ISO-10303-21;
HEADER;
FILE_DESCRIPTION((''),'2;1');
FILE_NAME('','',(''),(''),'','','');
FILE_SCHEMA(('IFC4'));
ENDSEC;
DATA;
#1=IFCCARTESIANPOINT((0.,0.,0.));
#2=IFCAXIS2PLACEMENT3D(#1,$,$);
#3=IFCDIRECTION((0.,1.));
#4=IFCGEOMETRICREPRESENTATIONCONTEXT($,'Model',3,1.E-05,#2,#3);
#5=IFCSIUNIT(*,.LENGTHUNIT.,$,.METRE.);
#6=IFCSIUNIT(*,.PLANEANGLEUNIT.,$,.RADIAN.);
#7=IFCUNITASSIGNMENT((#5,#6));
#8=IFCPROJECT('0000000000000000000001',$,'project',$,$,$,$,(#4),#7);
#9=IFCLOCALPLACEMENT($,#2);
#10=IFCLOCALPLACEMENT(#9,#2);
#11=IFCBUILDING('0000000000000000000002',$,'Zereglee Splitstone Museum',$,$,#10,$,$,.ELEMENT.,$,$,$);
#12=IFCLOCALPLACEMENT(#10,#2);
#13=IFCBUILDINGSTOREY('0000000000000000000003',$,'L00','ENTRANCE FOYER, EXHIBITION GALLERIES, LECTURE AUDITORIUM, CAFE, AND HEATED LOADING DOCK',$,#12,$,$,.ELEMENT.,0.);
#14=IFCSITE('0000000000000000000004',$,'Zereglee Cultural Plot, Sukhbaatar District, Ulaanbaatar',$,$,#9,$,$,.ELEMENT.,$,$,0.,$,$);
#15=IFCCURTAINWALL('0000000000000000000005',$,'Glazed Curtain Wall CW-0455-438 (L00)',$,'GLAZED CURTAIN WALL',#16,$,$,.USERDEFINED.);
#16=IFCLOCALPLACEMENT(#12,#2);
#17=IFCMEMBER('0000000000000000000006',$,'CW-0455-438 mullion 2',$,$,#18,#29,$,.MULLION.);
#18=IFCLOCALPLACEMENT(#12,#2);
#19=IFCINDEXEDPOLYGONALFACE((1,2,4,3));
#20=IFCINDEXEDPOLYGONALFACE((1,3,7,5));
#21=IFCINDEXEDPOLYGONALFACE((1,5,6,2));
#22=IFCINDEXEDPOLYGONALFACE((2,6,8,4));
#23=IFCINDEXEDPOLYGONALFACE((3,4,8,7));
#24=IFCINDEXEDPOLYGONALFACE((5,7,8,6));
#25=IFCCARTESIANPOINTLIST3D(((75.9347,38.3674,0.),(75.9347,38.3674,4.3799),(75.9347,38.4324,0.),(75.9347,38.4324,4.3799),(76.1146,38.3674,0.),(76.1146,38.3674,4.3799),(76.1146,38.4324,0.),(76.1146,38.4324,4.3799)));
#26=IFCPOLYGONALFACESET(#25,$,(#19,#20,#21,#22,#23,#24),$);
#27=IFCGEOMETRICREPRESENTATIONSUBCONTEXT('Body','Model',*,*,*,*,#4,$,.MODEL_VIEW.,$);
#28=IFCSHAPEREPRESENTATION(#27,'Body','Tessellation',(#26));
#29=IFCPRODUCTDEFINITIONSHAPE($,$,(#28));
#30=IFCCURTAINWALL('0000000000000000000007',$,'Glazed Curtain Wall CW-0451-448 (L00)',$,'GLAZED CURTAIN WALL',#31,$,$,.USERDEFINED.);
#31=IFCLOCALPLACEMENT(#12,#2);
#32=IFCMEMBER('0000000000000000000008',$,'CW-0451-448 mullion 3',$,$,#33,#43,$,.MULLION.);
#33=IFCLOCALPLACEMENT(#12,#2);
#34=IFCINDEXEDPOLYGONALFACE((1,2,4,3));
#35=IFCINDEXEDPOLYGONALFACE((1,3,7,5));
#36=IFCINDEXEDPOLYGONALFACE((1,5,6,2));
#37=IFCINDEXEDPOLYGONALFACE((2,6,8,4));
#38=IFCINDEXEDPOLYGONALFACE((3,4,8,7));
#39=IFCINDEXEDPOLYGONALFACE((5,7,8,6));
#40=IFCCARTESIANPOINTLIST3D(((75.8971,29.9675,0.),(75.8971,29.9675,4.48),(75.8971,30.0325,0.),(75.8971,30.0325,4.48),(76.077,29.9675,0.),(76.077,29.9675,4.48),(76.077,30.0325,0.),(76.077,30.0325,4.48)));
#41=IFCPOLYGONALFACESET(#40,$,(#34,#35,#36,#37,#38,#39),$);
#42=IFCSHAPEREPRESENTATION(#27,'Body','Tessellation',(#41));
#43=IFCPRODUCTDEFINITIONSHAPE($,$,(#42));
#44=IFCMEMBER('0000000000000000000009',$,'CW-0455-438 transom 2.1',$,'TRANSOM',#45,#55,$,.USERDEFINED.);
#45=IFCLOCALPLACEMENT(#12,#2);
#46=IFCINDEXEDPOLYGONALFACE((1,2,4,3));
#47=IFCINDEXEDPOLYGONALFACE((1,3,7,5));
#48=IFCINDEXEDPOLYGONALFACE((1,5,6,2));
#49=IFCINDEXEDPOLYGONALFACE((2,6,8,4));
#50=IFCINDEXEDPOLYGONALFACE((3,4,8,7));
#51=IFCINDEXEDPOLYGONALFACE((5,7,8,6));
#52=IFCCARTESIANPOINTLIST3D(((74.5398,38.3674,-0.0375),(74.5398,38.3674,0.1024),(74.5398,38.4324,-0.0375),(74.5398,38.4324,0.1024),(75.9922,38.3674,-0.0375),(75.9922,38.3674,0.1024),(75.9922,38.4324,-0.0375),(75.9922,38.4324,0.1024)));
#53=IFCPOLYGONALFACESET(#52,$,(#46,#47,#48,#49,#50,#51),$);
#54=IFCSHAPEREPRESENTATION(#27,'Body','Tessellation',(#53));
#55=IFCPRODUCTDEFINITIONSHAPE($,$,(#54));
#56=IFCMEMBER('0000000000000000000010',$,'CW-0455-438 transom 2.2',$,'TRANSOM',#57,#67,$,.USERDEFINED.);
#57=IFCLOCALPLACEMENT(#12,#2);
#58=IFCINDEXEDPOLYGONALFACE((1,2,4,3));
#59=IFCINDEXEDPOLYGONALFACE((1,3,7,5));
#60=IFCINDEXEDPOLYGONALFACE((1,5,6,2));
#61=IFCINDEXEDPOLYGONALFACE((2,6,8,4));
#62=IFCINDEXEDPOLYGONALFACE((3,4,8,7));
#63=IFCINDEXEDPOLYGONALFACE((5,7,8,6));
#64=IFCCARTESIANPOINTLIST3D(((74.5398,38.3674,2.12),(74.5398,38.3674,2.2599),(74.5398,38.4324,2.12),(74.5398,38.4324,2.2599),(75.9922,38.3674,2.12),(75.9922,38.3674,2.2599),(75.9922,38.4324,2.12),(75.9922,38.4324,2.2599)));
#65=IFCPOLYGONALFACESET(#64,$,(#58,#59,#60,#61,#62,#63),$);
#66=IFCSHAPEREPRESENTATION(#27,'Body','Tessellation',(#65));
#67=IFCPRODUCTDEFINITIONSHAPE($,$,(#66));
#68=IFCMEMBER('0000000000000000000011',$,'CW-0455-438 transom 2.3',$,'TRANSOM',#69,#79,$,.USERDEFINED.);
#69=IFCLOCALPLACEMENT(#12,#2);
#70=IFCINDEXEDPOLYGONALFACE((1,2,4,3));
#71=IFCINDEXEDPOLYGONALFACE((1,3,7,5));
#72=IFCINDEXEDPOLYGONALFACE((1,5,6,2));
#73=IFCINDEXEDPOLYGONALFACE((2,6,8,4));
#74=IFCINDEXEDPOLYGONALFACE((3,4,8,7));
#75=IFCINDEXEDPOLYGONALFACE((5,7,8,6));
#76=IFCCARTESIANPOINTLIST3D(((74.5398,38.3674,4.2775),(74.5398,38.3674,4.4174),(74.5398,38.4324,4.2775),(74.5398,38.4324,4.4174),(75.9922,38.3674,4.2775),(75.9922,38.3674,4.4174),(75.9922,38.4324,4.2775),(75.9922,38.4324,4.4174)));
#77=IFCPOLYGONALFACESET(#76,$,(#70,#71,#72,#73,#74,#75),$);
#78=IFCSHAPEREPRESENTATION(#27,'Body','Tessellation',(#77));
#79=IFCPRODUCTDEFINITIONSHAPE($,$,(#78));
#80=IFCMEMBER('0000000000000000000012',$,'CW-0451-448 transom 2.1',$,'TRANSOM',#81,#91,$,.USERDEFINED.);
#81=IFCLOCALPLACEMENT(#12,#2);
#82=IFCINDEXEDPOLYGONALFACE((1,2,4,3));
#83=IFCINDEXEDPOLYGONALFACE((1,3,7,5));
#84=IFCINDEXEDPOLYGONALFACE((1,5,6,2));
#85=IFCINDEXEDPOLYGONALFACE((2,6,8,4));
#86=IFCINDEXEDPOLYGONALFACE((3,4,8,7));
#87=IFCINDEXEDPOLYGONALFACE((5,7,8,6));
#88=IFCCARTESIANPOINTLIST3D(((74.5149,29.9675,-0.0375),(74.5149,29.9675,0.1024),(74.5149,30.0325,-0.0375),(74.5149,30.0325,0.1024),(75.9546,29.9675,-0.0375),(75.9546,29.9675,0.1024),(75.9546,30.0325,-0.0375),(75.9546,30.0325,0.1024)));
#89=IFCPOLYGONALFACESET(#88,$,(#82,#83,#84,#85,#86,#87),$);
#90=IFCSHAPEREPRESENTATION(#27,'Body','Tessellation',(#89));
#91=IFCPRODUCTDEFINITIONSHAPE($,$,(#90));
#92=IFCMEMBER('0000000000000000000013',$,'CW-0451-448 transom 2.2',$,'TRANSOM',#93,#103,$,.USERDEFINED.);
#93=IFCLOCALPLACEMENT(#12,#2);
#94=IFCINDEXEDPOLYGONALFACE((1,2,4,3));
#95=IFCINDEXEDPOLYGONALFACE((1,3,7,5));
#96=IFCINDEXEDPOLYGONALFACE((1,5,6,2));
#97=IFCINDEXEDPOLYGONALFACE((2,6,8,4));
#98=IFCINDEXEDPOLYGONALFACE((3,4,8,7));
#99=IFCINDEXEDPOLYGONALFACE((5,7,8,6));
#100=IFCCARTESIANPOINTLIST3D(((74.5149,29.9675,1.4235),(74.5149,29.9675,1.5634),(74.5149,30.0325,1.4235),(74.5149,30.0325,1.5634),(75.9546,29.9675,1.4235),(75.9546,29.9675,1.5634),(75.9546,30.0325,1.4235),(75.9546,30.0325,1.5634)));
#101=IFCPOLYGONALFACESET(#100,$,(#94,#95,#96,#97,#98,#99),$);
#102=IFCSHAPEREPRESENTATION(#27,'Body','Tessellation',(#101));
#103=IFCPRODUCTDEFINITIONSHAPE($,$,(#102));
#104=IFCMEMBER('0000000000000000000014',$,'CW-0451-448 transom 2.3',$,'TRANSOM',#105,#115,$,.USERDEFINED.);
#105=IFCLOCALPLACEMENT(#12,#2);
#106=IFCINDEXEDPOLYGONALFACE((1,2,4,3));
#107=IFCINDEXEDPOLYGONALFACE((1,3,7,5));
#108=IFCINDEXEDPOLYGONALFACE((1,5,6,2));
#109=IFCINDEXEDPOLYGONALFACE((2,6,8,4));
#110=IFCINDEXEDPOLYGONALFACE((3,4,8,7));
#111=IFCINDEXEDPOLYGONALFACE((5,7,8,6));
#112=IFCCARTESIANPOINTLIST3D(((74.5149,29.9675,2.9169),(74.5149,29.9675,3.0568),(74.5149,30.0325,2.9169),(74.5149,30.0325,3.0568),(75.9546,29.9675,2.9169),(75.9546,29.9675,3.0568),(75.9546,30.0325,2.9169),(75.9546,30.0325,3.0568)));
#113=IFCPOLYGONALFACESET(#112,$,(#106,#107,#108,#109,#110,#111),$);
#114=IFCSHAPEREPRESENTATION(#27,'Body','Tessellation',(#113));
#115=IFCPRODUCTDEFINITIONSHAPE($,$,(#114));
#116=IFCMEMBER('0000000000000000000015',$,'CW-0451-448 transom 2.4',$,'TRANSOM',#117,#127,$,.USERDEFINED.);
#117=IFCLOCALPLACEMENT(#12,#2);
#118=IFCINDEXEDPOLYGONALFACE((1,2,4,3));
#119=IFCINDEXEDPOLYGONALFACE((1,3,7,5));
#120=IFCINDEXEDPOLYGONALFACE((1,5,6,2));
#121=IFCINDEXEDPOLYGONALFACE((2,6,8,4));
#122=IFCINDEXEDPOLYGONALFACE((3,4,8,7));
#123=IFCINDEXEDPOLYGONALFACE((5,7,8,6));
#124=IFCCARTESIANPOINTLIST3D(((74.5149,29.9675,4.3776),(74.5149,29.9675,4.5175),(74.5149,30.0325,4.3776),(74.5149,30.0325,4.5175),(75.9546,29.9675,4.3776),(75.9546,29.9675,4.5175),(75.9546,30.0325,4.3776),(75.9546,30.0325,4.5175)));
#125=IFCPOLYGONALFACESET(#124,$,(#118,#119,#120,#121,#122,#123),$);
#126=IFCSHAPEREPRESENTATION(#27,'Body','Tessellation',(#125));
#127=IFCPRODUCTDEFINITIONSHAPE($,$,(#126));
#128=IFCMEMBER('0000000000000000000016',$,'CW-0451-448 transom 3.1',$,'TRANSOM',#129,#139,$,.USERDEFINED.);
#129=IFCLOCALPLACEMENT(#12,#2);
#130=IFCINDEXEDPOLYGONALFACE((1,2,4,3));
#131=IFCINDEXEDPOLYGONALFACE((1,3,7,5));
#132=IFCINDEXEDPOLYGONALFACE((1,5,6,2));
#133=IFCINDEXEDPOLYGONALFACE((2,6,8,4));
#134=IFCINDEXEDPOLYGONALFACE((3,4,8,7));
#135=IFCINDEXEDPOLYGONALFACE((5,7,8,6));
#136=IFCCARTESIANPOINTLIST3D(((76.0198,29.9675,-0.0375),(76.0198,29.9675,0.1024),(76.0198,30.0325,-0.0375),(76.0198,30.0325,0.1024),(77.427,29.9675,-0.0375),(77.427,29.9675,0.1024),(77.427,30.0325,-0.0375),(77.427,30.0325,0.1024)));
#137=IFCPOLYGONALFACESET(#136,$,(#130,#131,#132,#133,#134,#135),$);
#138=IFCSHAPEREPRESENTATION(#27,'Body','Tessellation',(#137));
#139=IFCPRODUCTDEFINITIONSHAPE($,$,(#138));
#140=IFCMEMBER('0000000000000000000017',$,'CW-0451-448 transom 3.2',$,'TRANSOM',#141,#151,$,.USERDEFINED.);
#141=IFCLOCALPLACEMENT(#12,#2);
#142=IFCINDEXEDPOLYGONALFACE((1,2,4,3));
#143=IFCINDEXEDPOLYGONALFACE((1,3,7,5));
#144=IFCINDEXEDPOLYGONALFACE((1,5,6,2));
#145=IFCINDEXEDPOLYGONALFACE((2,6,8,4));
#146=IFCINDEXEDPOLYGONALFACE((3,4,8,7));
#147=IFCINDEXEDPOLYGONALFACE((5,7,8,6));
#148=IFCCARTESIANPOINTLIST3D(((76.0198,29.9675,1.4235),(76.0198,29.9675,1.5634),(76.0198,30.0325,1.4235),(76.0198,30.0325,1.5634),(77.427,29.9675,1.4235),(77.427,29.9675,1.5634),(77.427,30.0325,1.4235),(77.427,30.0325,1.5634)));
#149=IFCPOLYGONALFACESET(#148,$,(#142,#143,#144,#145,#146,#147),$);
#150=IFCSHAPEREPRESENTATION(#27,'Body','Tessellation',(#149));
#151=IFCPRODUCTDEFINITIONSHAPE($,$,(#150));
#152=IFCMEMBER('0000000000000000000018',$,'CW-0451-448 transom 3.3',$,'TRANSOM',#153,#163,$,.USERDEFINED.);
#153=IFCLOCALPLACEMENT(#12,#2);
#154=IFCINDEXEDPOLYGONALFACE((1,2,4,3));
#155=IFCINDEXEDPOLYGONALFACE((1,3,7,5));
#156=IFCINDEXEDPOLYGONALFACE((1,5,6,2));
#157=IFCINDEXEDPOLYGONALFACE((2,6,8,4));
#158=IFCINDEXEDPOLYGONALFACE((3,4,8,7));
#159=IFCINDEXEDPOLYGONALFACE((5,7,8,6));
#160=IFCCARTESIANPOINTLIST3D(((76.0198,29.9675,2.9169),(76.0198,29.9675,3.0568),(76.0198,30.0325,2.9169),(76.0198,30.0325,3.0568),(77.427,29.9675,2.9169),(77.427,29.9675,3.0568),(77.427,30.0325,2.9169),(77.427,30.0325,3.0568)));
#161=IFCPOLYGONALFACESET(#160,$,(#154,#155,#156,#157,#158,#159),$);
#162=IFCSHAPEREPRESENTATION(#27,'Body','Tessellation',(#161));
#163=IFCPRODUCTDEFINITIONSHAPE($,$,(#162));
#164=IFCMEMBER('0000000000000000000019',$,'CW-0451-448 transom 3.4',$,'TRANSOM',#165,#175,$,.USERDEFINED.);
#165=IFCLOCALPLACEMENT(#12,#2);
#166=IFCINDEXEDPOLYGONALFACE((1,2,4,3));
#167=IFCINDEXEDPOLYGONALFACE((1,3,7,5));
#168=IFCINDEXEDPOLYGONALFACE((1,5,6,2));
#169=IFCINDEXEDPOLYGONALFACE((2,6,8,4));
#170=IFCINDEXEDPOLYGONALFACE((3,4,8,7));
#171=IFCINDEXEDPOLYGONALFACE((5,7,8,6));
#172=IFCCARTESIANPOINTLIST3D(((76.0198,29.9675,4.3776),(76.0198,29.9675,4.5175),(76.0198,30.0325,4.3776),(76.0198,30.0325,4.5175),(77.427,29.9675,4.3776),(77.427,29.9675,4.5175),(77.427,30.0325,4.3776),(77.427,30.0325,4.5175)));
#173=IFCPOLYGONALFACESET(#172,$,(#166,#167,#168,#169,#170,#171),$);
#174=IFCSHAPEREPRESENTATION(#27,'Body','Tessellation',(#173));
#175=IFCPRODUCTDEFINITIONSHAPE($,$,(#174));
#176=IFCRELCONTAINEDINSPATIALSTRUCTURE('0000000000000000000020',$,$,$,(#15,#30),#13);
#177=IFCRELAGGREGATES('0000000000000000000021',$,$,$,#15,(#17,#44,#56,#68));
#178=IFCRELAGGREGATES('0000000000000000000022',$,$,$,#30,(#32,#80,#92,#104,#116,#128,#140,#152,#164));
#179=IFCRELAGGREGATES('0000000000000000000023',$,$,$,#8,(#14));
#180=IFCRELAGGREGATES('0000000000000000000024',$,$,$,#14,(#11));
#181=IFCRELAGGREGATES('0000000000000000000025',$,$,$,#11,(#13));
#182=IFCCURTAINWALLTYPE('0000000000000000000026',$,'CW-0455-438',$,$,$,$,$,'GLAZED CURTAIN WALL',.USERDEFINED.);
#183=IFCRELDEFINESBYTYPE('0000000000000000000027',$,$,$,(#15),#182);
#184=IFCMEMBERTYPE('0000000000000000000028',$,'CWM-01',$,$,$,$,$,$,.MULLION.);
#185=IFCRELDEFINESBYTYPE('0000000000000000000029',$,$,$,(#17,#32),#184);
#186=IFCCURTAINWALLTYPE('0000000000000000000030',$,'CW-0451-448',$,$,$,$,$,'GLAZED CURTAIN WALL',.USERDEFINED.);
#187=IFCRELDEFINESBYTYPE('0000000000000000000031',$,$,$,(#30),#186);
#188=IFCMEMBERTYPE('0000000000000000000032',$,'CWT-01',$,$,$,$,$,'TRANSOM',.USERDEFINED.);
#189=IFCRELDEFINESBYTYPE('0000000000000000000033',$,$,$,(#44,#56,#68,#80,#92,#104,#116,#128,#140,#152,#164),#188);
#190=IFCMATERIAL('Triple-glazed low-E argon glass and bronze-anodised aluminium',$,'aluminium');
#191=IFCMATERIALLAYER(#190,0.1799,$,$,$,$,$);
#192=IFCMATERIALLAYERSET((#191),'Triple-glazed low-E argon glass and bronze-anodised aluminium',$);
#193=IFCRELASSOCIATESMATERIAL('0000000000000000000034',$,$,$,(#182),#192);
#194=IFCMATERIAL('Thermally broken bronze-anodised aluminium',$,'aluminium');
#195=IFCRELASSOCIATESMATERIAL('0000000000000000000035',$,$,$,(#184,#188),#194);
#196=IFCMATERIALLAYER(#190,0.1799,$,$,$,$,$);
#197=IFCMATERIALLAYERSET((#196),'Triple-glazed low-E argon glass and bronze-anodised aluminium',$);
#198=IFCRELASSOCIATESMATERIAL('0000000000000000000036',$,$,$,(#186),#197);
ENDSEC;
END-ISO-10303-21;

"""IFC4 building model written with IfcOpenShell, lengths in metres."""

from ifc_helpers import new_model, si_unit, direction, frame, origin, origin_2d, place, context, subcontext, project, spatial, rectangle, extrude, material, layer, layer_set, material_profile, profile_set, type_object, element, aggregate, save


model = new_model("IFC4")

# Units and contexts
model_context = context("Model", 3, precision=1e-05, world=origin(), true_north=direction((0.0, 1.0)))
body_context = subcontext(model_context, "Body", "Model", "MODEL_VIEW")
ifc_project = project(units=[si_unit("LENGTHUNIT", "METRE"), si_unit("PLANEANGLEUNIT", "RADIAN")], contexts=[model_context])

# Site, building, storey
site_placement = place(None, origin())
site = spatial("IfcSite", under=ifc_project, at=site_placement, Name="Zereglee Cultural Plot, Sukhbaatar District, Ulaanbaatar", CompositionType="ELEMENT", RefElevation=0.0)
building_placement = place(site_placement, origin())
building = spatial("IfcBuilding", under=site, at=building_placement, Name="Zereglee Splitstone Museum", CompositionType="ELEMENT")
storey_placement = place(building_placement, origin())
storey = spatial("IfcBuildingStorey", under=building, at=storey_placement, Name="L00", Description="ENTRANCE FOYER, EXHIBITION GALLERIES, LECTURE AUDITORIUM, CAFE, AND HEATED LOADING DOCK", CompositionType="ELEMENT", Elevation=0.0)

# Curtain walls, members
ifc_material_1 = material(Name="Triple-glazed low-E argon glass and bronze-anodised aluminium", Category="aluminium")
ifc_layer_1 = layer(ifc_material_1, 0.1799)
ifc_layer_set_1 = layer_set([ifc_layer_1], Name="Triple-glazed low-E argon glass and bronze-anodised aluminium")
curtain_wall_type_1 = type_object("IfcCurtainWallType", Name="CW-0455-438", ElementType="GLAZED CURTAIN WALL", PredefinedType="USERDEFINED", material=ifc_layer_set_1)
curtain_wall_1_placement = place(storey_placement, origin())
curtain_wall_1 = element("IfcCurtainWall", 1, at=curtain_wall_1_placement, inside=storey, type_object=curtain_wall_type_1, Name="Glazed Curtain Wall CW-0455-438 (L00)", ObjectType="GLAZED CURTAIN WALL", PredefinedType="USERDEFINED")
ifc_material_2 = material(Name="Thermally broken bronze-anodised aluminium", Category="aluminium")
ifc_material_profile_1 = material_profile(ifc_material_2, rectangle(XDim=0.0649, YDim=0.1799, at=origin_2d()), Name="CW MULL 65x180")
ifc_profile_set_1 = profile_set([ifc_material_profile_1], Name="Thermally broken bronze-anodised aluminium")
member_type_1 = type_object("IfcMemberType", Name="CWM-01", PredefinedType="MULLION", material=ifc_profile_set_1)
member_1_placement = place(storey_placement, frame((76.0247, 38.3999, 0.0), z_axis=(0.0, 0.0, 1.0), x_axis=(0.0, -1.0, 0.0)))
member_1 = element("IfcMember", 2, at=member_1_placement, type_object=member_type_1, Name="CW-0455-438 mullion 2", PredefinedType="MULLION", context=body_context, shape_type="SweptSolid", body=[
    extrude(rectangle(XDim=0.0649, YDim=0.1799, at=origin_2d()), origin(), (0.0, 0.0, 1.0), 4.3799),
])
ifc_layer_2 = layer(ifc_material_1, 0.1799)
ifc_layer_set_2 = layer_set([ifc_layer_2], Name="Triple-glazed low-E argon glass and bronze-anodised aluminium")
curtain_wall_type_2 = type_object("IfcCurtainWallType", Name="CW-0451-448", ElementType="GLAZED CURTAIN WALL", PredefinedType="USERDEFINED", material=ifc_layer_set_2)
curtain_wall_2_placement = place(storey_placement, origin())
curtain_wall_2 = element("IfcCurtainWall", 3, at=curtain_wall_2_placement, inside=storey, type_object=curtain_wall_type_2, Name="Glazed Curtain Wall CW-0451-448 (L00)", ObjectType="GLAZED CURTAIN WALL", PredefinedType="USERDEFINED")
member_2_placement = place(storey_placement, frame((75.9871, 30.0, 0.0), z_axis=(0.0, 0.0, 1.0), x_axis=(0.0, 1.0, 0.0)))
member_2 = element("IfcMember", 4, at=member_2_placement, type_object=member_type_1, Name="CW-0451-448 mullion 3", PredefinedType="MULLION", context=body_context, shape_type="SweptSolid", body=[
    extrude(rectangle(XDim=0.0649, YDim=0.1799, at=origin_2d()), origin(), (0.0, 0.0, 1.0), 4.48),
])

# Members
ifc_material_profile_2 = material_profile(ifc_material_2, rectangle(XDim=0.0649, YDim=0.1399, at=origin_2d()), Name="CW TRAN 65x140")
ifc_profile_set_2 = profile_set([ifc_material_profile_2], Name="Thermally broken bronze-anodised aluminium")
member_type_2 = type_object("IfcMemberType", Name="CWT-01", ElementType="TRANSOM", PredefinedType="USERDEFINED", material=ifc_profile_set_2)
member_3_placement = place(storey_placement, frame((75.9922, 38.3999, 0.0325), z_axis=(-1.0, 0.0, 0.0), x_axis=(0.0, -1.0, 0.0)))
member_3 = element("IfcMember", 5, at=member_3_placement, type_object=member_type_2, Name="CW-0455-438 transom 2.1", ObjectType="TRANSOM", PredefinedType="USERDEFINED", context=body_context, shape_type="SweptSolid", body=[
    extrude(rectangle(XDim=0.0649, YDim=0.1399, at=origin_2d()), origin(), (0.0, 0.0, 1.0), 1.4524),
])
member_4_placement = place(storey_placement, frame((75.9922, 38.3999, 2.1899), z_axis=(-1.0, 0.0, 0.0), x_axis=(0.0, -1.0, 0.0)))
member_4 = element("IfcMember", 6, at=member_4_placement, type_object=member_type_2, Name="CW-0455-438 transom 2.2", ObjectType="TRANSOM", PredefinedType="USERDEFINED", context=body_context, shape_type="SweptSolid", body=[
    extrude(rectangle(XDim=0.0649, YDim=0.1399, at=origin_2d()), origin(), (0.0, 0.0, 1.0), 1.4524),
])
member_5_placement = place(storey_placement, frame((75.9922, 38.3999, 4.3474), z_axis=(-1.0, 0.0, 0.0), x_axis=(0.0, -1.0, 0.0)))
member_5 = element("IfcMember", 7, at=member_5_placement, type_object=member_type_2, Name="CW-0455-438 transom 2.3", ObjectType="TRANSOM", PredefinedType="USERDEFINED", context=body_context, shape_type="SweptSolid", body=[
    extrude(rectangle(XDim=0.0649, YDim=0.1399, at=origin_2d()), origin(), (0.0, 0.0, 1.0), 1.4524),
])
member_6_placement = place(storey_placement, frame((74.5149, 30.0, 0.0325), z_axis=(1.0, 0.0, 0.0), x_axis=(0.0, 1.0, 0.0)))
member_6 = element("IfcMember", 8, at=member_6_placement, type_object=member_type_2, Name="CW-0451-448 transom 2.1", ObjectType="TRANSOM", PredefinedType="USERDEFINED", context=body_context, shape_type="SweptSolid", body=[
    extrude(rectangle(XDim=0.0649, YDim=0.1399, at=origin_2d()), origin(), (0.0, 0.0, 1.0), 1.4397),
])
member_7_placement = place(storey_placement, frame((74.5149, 30.0, 1.4934), z_axis=(1.0, 0.0, 0.0), x_axis=(0.0, 1.0, 0.0)))
member_7 = element("IfcMember", 9, at=member_7_placement, type_object=member_type_2, Name="CW-0451-448 transom 2.2", ObjectType="TRANSOM", PredefinedType="USERDEFINED", context=body_context, shape_type="SweptSolid", body=[
    extrude(rectangle(XDim=0.0649, YDim=0.1399, at=origin_2d()), origin(), (0.0, 0.0, 1.0), 1.4397),
])
member_8_placement = place(storey_placement, frame((74.5149, 30.0, 2.9868), z_axis=(1.0, 0.0, 0.0), x_axis=(0.0, 1.0, 0.0)))
member_8 = element("IfcMember", 10, at=member_8_placement, type_object=member_type_2, Name="CW-0451-448 transom 2.3", ObjectType="TRANSOM", PredefinedType="USERDEFINED", context=body_context, shape_type="SweptSolid", body=[
    extrude(rectangle(XDim=0.0649, YDim=0.1399, at=origin_2d()), origin(), (0.0, 0.0, 1.0), 1.4397),
])
member_9_placement = place(storey_placement, frame((74.5149, 30.0, 4.4475), z_axis=(1.0, 0.0, 0.0), x_axis=(0.0, 1.0, 0.0)))
member_9 = element("IfcMember", 11, at=member_9_placement, type_object=member_type_2, Name="CW-0451-448 transom 2.4", ObjectType="TRANSOM", PredefinedType="USERDEFINED", context=body_context, shape_type="SweptSolid", body=[
    extrude(rectangle(XDim=0.0649, YDim=0.1399, at=origin_2d()), origin(), (0.0, 0.0, 1.0), 1.4397),
])
member_10_placement = place(storey_placement, frame((76.0198, 30.0, 0.0325), z_axis=(1.0, 0.0, 0.0), x_axis=(0.0, 1.0, 0.0)))
member_10 = element("IfcMember", 12, at=member_10_placement, type_object=member_type_2, Name="CW-0451-448 transom 3.1", ObjectType="TRANSOM", PredefinedType="USERDEFINED", context=body_context, shape_type="SweptSolid", body=[
    extrude(rectangle(XDim=0.0649, YDim=0.1399, at=origin_2d()), origin(), (0.0, 0.0, 1.0), 1.4072),
])
member_11_placement = place(storey_placement, frame((76.0198, 30.0, 1.4934), z_axis=(1.0, 0.0, 0.0), x_axis=(0.0, 1.0, 0.0)))
member_11 = element("IfcMember", 13, at=member_11_placement, type_object=member_type_2, Name="CW-0451-448 transom 3.2", ObjectType="TRANSOM", PredefinedType="USERDEFINED", context=body_context, shape_type="SweptSolid", body=[
    extrude(rectangle(XDim=0.0649, YDim=0.1399, at=origin_2d()), origin(), (0.0, 0.0, 1.0), 1.4072),
])
member_12_placement = place(storey_placement, frame((76.0198, 30.0, 2.9868), z_axis=(1.0, 0.0, 0.0), x_axis=(0.0, 1.0, 0.0)))
member_12 = element("IfcMember", 14, at=member_12_placement, type_object=member_type_2, Name="CW-0451-448 transom 3.3", ObjectType="TRANSOM", PredefinedType="USERDEFINED", context=body_context, shape_type="SweptSolid", body=[
    extrude(rectangle(XDim=0.0649, YDim=0.1399, at=origin_2d()), origin(), (0.0, 0.0, 1.0), 1.4072),
])
member_13_placement = place(storey_placement, frame((76.0198, 30.0, 4.4475), z_axis=(1.0, 0.0, 0.0), x_axis=(0.0, 1.0, 0.0)))
member_13 = element("IfcMember", 15, at=member_13_placement, type_object=member_type_2, Name="CW-0451-448 transom 3.4", ObjectType="TRANSOM", PredefinedType="USERDEFINED", context=body_context, shape_type="SweptSolid", body=[
    extrude(rectangle(XDim=0.0649, YDim=0.1399, at=origin_2d()), origin(), (0.0, 0.0, 1.0), 1.4072),
])

aggregate(curtain_wall_1, [member_1, member_3, member_4, member_5])
aggregate(curtain_wall_2, [member_2, member_6, member_7, member_8, member_9, member_10, member_11, member_12, member_13])

save(model, "model.ifc")
